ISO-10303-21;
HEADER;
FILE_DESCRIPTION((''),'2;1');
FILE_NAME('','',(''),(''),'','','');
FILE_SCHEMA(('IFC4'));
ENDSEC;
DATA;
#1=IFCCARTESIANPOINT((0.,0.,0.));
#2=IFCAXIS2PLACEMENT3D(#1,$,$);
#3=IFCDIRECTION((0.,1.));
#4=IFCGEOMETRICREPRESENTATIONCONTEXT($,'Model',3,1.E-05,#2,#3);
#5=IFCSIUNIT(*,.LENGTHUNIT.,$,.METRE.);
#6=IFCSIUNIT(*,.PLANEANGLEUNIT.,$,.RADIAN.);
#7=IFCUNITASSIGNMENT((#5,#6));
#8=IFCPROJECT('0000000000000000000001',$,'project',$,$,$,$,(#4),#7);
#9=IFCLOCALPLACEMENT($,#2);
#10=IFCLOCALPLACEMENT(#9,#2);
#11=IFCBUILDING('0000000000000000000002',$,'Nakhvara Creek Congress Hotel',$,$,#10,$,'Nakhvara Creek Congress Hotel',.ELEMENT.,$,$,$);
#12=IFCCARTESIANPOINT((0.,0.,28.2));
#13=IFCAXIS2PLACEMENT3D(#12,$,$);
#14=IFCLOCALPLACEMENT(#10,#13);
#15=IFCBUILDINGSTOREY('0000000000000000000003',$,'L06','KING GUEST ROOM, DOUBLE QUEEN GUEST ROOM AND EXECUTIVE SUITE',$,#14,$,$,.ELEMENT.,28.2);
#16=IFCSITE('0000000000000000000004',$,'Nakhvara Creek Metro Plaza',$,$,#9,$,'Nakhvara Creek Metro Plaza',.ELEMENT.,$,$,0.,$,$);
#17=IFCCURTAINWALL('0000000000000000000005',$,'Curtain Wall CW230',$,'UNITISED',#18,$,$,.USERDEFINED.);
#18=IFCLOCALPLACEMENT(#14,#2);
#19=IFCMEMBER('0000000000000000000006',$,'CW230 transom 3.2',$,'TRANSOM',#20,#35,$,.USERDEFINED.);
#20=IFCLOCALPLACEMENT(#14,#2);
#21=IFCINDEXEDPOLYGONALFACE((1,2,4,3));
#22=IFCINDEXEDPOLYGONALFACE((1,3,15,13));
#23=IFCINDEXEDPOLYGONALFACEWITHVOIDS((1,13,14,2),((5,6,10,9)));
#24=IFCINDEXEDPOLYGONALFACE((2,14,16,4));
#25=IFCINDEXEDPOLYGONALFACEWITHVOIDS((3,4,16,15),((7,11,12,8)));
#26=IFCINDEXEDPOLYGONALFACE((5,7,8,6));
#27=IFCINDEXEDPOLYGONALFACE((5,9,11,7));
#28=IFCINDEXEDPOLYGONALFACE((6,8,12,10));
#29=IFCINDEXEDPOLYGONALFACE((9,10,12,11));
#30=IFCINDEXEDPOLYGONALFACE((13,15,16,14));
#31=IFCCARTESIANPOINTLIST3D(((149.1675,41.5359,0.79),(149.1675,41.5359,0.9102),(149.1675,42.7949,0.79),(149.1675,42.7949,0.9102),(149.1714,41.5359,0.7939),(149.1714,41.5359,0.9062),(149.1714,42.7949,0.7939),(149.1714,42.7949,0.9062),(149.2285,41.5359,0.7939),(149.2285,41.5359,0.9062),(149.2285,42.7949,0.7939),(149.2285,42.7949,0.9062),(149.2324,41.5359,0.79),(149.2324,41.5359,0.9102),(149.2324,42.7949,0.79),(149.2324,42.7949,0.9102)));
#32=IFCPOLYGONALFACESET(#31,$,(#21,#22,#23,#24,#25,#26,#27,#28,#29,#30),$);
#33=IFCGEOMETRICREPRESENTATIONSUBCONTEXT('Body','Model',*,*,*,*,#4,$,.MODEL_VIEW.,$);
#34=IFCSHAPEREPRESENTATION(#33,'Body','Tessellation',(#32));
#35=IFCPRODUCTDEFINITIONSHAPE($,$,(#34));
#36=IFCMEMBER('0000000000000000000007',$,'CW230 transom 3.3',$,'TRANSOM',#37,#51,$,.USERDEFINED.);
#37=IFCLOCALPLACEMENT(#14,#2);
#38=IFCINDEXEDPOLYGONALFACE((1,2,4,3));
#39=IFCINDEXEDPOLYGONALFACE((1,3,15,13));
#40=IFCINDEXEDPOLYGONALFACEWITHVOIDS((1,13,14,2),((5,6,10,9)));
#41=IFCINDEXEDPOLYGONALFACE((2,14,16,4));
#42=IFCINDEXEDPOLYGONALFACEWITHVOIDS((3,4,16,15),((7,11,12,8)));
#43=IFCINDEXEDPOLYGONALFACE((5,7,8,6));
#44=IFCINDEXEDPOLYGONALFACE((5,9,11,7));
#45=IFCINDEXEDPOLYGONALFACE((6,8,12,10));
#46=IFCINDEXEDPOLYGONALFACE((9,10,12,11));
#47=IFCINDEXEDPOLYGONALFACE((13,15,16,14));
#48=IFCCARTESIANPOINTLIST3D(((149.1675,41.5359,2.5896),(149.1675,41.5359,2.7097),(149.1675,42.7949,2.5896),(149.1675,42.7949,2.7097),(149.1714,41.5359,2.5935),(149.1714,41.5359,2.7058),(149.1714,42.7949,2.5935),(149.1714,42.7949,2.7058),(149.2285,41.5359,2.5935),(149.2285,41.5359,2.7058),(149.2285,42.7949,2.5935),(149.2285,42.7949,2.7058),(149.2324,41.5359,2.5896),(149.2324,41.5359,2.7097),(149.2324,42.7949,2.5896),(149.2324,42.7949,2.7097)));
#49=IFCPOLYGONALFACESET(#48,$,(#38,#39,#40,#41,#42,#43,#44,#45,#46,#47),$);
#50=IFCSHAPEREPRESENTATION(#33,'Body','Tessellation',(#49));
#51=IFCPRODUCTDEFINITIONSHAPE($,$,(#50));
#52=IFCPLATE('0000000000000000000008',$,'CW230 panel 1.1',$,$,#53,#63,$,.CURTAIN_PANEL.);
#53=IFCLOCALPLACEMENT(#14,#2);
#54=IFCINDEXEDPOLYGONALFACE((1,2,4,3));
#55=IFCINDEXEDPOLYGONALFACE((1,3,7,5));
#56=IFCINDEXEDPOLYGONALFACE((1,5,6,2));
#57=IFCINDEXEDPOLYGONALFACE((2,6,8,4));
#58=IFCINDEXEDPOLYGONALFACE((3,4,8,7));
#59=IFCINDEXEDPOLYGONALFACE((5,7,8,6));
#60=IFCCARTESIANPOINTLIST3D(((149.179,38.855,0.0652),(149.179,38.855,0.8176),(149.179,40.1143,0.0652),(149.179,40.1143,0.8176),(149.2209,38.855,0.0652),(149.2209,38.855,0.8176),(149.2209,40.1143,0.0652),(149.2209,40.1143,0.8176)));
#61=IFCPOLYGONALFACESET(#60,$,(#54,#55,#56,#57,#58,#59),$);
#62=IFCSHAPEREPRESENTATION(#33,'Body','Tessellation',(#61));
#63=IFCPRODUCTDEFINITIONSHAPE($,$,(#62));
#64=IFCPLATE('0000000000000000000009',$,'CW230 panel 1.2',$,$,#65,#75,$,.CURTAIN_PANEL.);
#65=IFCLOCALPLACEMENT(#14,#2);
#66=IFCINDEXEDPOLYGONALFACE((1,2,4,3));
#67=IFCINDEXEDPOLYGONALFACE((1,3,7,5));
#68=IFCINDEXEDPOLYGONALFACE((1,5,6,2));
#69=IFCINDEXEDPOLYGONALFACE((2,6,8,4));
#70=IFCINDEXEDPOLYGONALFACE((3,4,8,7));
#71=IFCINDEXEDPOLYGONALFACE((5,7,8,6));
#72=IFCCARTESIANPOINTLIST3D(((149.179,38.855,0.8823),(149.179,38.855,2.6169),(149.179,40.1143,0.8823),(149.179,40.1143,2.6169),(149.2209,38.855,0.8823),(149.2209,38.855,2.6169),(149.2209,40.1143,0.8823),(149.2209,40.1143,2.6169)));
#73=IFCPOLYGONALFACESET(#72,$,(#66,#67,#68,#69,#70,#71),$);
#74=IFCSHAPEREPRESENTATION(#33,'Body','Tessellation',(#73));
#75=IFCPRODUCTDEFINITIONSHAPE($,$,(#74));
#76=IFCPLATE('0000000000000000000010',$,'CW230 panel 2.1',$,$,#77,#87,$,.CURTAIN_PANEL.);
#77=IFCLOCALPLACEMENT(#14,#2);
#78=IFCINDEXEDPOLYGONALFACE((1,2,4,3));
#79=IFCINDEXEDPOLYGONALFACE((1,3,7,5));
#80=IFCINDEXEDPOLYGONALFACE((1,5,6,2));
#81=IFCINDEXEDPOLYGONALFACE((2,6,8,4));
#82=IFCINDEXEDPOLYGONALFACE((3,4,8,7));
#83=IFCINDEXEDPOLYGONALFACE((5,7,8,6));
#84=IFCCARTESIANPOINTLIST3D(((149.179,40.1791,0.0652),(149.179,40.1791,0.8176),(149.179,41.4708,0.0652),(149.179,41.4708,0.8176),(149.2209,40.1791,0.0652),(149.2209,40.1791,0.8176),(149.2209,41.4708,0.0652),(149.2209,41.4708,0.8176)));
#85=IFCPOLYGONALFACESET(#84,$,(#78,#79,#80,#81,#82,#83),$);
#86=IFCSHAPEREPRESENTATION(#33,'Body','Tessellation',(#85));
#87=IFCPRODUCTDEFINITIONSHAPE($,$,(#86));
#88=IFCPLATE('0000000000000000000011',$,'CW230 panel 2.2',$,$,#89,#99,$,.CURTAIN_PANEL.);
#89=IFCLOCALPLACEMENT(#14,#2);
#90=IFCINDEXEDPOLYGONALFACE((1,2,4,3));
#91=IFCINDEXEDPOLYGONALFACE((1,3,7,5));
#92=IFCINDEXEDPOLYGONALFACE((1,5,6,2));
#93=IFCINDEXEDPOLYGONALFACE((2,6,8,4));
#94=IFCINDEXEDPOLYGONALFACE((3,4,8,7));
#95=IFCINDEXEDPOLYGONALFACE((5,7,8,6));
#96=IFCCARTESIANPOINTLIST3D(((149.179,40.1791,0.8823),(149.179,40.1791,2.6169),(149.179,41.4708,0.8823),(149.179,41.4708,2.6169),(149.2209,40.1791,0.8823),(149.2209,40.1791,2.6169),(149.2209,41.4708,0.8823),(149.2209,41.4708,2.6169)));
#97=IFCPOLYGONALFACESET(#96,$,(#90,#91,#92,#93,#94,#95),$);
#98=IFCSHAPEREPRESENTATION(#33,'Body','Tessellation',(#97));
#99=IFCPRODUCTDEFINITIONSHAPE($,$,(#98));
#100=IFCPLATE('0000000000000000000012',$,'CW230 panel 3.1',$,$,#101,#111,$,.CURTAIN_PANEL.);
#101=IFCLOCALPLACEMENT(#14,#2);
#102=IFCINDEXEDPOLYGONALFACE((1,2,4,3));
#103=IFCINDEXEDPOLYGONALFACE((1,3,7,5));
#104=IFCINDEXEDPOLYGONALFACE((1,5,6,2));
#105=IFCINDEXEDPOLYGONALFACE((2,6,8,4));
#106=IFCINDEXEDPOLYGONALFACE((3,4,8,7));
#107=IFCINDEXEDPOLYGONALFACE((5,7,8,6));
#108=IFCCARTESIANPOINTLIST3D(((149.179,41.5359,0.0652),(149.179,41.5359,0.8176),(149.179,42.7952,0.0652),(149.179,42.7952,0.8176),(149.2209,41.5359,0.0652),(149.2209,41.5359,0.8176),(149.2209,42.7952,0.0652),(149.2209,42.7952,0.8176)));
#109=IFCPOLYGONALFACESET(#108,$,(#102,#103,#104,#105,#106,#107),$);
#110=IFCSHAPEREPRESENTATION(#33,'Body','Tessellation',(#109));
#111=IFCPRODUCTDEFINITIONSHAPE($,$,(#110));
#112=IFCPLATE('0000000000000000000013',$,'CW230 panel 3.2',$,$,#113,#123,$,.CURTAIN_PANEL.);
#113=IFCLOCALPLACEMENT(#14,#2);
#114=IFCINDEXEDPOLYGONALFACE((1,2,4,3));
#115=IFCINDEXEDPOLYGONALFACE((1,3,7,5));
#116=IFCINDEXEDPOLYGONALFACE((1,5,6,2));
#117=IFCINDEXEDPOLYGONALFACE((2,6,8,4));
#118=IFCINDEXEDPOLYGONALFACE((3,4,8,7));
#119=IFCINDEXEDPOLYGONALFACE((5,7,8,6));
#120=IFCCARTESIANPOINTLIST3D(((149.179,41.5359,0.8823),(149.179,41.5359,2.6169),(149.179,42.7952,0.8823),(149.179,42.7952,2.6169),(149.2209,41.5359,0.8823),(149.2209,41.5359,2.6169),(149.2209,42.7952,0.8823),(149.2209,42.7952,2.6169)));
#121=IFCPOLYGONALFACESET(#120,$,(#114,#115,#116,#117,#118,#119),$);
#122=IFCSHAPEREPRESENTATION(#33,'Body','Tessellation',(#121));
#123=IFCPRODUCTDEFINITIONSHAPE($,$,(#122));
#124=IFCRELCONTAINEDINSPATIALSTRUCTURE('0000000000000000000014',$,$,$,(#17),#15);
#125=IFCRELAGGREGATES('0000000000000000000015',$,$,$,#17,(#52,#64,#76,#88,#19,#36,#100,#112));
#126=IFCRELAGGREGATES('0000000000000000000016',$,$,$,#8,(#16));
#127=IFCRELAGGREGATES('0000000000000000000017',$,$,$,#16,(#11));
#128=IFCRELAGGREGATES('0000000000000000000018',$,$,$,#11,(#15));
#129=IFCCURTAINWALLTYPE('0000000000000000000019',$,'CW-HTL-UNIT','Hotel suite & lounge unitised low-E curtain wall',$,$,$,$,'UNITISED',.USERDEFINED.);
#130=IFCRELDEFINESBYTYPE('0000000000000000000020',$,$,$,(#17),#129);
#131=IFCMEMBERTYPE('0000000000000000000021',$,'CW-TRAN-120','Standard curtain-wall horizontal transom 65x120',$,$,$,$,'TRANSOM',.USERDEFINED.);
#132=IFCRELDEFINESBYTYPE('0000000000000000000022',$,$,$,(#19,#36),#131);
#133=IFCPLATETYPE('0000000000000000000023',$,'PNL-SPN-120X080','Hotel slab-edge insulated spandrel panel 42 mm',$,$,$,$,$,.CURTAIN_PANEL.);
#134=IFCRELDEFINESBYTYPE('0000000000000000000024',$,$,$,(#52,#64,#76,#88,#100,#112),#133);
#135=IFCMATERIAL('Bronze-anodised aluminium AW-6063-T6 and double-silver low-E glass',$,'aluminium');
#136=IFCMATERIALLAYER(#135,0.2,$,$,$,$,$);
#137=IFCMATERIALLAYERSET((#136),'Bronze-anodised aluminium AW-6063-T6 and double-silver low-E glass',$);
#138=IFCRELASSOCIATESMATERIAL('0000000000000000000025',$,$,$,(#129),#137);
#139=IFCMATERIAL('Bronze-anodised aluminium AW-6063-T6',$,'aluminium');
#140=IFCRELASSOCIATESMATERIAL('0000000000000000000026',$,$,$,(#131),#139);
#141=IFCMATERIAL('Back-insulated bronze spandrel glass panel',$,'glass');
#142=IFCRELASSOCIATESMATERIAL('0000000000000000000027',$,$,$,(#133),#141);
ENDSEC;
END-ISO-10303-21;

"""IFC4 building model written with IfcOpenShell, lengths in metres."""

from ifc_helpers import new_model, si_unit, direction, frame, origin, origin_2d, place, context, subcontext, project, spatial, rectangle, hollow_rectangle, extrude, material, layer, layer_set, material_profile, profile_set, type_object, element, aggregate, save


model = new_model("IFC4")

# Units and contexts
model_context = context("Model", 3, precision=1e-05, world=origin(), true_north=direction((0.0, 1.0)))
body_context = subcontext(model_context, "Body", "Model", "MODEL_VIEW")
ifc_project = project(units=[si_unit("LENGTHUNIT", "METRE"), si_unit("PLANEANGLEUNIT", "RADIAN")], contexts=[model_context])

# Site, building, storey
site_placement = place(None, origin())
site = spatial("IfcSite", under=ifc_project, at=site_placement, Name="Nakhvara Creek Metro Plaza", LongName="Nakhvara Creek Metro Plaza", CompositionType="ELEMENT", RefElevation=0.0)
building_placement = place(site_placement, origin())
building = spatial("IfcBuilding", under=site, at=building_placement, Name="Nakhvara Creek Congress Hotel", LongName="Nakhvara Creek Congress Hotel", CompositionType="ELEMENT")
storey_placement = place(building_placement, frame((0.0, 0.0, 28.2)))
storey = spatial("IfcBuildingStorey", under=building, at=storey_placement, Name="L06", Description="KING GUEST ROOM, DOUBLE QUEEN GUEST ROOM AND EXECUTIVE SUITE", CompositionType="ELEMENT", Elevation=28.2)

# Curtain wall, members, plates
ifc_material_1 = material(Name="Bronze-anodised aluminium AW-6063-T6 and double-silver low-E glass", Category="aluminium")
ifc_layer = layer(ifc_material_1, 0.2)
ifc_layer_set = layer_set([ifc_layer], Name="Bronze-anodised aluminium AW-6063-T6 and double-silver low-E glass")
curtain_wall_type = type_object("IfcCurtainWallType", Name="CW-HTL-UNIT", Description="Hotel suite & lounge unitised low-E curtain wall", ElementType="UNITISED", PredefinedType="USERDEFINED", material=ifc_layer_set)
curtain_wall_placement = place(storey_placement, origin())
curtain_wall = element("IfcCurtainWall", 1, at=curtain_wall_placement, inside=storey, type_object=curtain_wall_type, Name="Curtain Wall CW230", ObjectType="UNITISED", PredefinedType="USERDEFINED")
ifc_material_2 = material(Name="Bronze-anodised aluminium AW-6063-T6", Category="aluminium")
ifc_material_profile_1 = material_profile(ifc_material_2, hollow_rectangle(XDim=0.0649, YDim=0.1201, WallThickness=0.0039, at=origin_2d()), Name="ALU-TRAN 65x120x4", Category="LoadBearing")
ifc_profile_set_1 = profile_set([ifc_material_profile_1], Name="Bronze-anodised aluminium AW-6063-T6")
member_type_1 = type_object("IfcMemberType", Name="CW-TRAN-120", Description="Standard curtain-wall horizontal transom 65x120", ElementType="TRANSOM", PredefinedType="USERDEFINED", material=ifc_profile_set_1)
member_1_placement = place(storey_placement, frame((149.2, 41.5359, 0.8501), z_axis=(0.0, 1.0, 0.0), x_axis=(-1.0, 0.0, 0.0)))
member_1 = element("IfcMember", 2, at=member_1_placement, type_object=member_type_1, Name="CW230 transom 3.2", ObjectType="TRANSOM", PredefinedType="USERDEFINED", context=body_context, shape_type="SweptSolid", body=[
    extrude(hollow_rectangle(XDim=0.0649, YDim=0.1201, WallThickness=0.0039, at=origin_2d()), origin(), (0.0, 0.0, 1.0), 1.259),
])
member_2_placement = place(storey_placement, frame((149.2, 41.5359, 2.6497), z_axis=(0.0, 1.0, 0.0), x_axis=(-1.0, 0.0, 0.0)))
member_2 = element("IfcMember", 3, at=member_2_placement, type_object=member_type_1, Name="CW230 transom 3.3", ObjectType="TRANSOM", PredefinedType="USERDEFINED", context=body_context, shape_type="SweptSolid", body=[
    extrude(hollow_rectangle(XDim=0.0649, YDim=0.1201, WallThickness=0.0039, at=origin_2d()), origin(), (0.0, 0.0, 1.0), 1.259),
])
ifc_material_3 = material(Name="Back-insulated bronze spandrel glass panel", Category="glass")
plate_type = type_object("IfcPlateType", Name="PNL-SPN-120X080", Description="Hotel slab-edge insulated spandrel panel 42 mm", PredefinedType="CURTAIN_PANEL", material=ifc_material_3)
plate_1_placement = place(storey_placement, frame((149.2, 39.4846, 0.0652), z_axis=(0.0, 0.0, 1.0), x_axis=(0.0, 1.0, 0.0)))
plate_1 = element("IfcPlate", 4, at=plate_1_placement, type_object=plate_type, Name="CW230 panel 1.1", PredefinedType="CURTAIN_PANEL", context=body_context, shape_type="SweptSolid", body=[
    extrude(rectangle(XDim=1.2593, YDim=0.042, at=origin_2d()), origin(), (0.0, 0.0, 1.0), 0.7524),
])
plate_2_placement = place(storey_placement, frame((149.2, 39.4846, 0.8823), z_axis=(0.0, 0.0, 1.0), x_axis=(0.0, 1.0, 0.0)))
plate_2 = element("IfcPlate", 5, at=plate_2_placement, type_object=plate_type, Name="CW230 panel 1.2", PredefinedType="CURTAIN_PANEL", context=body_context, shape_type="SweptSolid", body=[
    extrude(rectangle(XDim=1.2593, YDim=0.042, at=origin_2d()), origin(), (0.0, 0.0, 1.0), 1.7346),
])
plate_3_placement = place(storey_placement, frame((149.2, 40.825, 0.0652), z_axis=(0.0, 0.0, 1.0), x_axis=(0.0, 1.0, 0.0)))
plate_3 = element("IfcPlate", 6, at=plate_3_placement, type_object=plate_type, Name="CW230 panel 2.1", PredefinedType="CURTAIN_PANEL", context=body_context, shape_type="SweptSolid", body=[
    extrude(rectangle(XDim=1.2917, YDim=0.042, at=origin_2d()), origin(), (0.0, 0.0, 1.0), 0.7524),
])
plate_4_placement = place(storey_placement, frame((149.2, 40.825, 0.8823), z_axis=(0.0, 0.0, 1.0), x_axis=(0.0, 1.0, 0.0)))
plate_4 = element("IfcPlate", 7, at=plate_4_placement, type_object=plate_type, Name="CW230 panel 2.2", PredefinedType="CURTAIN_PANEL", context=body_context, shape_type="SweptSolid", body=[
    extrude(rectangle(XDim=1.2917, YDim=0.042, at=origin_2d()), origin(), (0.0, 0.0, 1.0), 1.7346),
])
plate_5_placement = place(storey_placement, frame((149.2, 42.1655, 0.0652), z_axis=(0.0, 0.0, 1.0), x_axis=(0.0, 1.0, 0.0)))
plate_5 = element("IfcPlate", 8, at=plate_5_placement, type_object=plate_type, Name="CW230 panel 3.1", PredefinedType="CURTAIN_PANEL", context=body_context, shape_type="SweptSolid", body=[
    extrude(rectangle(XDim=1.2593, YDim=0.042, at=origin_2d()), origin(), (0.0, 0.0, 1.0), 0.7524),
])
plate_6_placement = place(storey_placement, frame((149.2, 42.1655, 0.8823), z_axis=(0.0, 0.0, 1.0), x_axis=(0.0, 1.0, 0.0)))
plate_6 = element("IfcPlate", 9, at=plate_6_placement, type_object=plate_type, Name="CW230 panel 3.2", PredefinedType="CURTAIN_PANEL", context=body_context, shape_type="SweptSolid", body=[
    extrude(rectangle(XDim=1.2593, YDim=0.042, at=origin_2d()), origin(), (0.0, 0.0, 1.0), 1.7346),
])
aggregate(curtain_wall, [plate_1, plate_2, plate_3, plate_4, member_1, member_2, plate_5, plate_6])

save(model, "model.ifc")
